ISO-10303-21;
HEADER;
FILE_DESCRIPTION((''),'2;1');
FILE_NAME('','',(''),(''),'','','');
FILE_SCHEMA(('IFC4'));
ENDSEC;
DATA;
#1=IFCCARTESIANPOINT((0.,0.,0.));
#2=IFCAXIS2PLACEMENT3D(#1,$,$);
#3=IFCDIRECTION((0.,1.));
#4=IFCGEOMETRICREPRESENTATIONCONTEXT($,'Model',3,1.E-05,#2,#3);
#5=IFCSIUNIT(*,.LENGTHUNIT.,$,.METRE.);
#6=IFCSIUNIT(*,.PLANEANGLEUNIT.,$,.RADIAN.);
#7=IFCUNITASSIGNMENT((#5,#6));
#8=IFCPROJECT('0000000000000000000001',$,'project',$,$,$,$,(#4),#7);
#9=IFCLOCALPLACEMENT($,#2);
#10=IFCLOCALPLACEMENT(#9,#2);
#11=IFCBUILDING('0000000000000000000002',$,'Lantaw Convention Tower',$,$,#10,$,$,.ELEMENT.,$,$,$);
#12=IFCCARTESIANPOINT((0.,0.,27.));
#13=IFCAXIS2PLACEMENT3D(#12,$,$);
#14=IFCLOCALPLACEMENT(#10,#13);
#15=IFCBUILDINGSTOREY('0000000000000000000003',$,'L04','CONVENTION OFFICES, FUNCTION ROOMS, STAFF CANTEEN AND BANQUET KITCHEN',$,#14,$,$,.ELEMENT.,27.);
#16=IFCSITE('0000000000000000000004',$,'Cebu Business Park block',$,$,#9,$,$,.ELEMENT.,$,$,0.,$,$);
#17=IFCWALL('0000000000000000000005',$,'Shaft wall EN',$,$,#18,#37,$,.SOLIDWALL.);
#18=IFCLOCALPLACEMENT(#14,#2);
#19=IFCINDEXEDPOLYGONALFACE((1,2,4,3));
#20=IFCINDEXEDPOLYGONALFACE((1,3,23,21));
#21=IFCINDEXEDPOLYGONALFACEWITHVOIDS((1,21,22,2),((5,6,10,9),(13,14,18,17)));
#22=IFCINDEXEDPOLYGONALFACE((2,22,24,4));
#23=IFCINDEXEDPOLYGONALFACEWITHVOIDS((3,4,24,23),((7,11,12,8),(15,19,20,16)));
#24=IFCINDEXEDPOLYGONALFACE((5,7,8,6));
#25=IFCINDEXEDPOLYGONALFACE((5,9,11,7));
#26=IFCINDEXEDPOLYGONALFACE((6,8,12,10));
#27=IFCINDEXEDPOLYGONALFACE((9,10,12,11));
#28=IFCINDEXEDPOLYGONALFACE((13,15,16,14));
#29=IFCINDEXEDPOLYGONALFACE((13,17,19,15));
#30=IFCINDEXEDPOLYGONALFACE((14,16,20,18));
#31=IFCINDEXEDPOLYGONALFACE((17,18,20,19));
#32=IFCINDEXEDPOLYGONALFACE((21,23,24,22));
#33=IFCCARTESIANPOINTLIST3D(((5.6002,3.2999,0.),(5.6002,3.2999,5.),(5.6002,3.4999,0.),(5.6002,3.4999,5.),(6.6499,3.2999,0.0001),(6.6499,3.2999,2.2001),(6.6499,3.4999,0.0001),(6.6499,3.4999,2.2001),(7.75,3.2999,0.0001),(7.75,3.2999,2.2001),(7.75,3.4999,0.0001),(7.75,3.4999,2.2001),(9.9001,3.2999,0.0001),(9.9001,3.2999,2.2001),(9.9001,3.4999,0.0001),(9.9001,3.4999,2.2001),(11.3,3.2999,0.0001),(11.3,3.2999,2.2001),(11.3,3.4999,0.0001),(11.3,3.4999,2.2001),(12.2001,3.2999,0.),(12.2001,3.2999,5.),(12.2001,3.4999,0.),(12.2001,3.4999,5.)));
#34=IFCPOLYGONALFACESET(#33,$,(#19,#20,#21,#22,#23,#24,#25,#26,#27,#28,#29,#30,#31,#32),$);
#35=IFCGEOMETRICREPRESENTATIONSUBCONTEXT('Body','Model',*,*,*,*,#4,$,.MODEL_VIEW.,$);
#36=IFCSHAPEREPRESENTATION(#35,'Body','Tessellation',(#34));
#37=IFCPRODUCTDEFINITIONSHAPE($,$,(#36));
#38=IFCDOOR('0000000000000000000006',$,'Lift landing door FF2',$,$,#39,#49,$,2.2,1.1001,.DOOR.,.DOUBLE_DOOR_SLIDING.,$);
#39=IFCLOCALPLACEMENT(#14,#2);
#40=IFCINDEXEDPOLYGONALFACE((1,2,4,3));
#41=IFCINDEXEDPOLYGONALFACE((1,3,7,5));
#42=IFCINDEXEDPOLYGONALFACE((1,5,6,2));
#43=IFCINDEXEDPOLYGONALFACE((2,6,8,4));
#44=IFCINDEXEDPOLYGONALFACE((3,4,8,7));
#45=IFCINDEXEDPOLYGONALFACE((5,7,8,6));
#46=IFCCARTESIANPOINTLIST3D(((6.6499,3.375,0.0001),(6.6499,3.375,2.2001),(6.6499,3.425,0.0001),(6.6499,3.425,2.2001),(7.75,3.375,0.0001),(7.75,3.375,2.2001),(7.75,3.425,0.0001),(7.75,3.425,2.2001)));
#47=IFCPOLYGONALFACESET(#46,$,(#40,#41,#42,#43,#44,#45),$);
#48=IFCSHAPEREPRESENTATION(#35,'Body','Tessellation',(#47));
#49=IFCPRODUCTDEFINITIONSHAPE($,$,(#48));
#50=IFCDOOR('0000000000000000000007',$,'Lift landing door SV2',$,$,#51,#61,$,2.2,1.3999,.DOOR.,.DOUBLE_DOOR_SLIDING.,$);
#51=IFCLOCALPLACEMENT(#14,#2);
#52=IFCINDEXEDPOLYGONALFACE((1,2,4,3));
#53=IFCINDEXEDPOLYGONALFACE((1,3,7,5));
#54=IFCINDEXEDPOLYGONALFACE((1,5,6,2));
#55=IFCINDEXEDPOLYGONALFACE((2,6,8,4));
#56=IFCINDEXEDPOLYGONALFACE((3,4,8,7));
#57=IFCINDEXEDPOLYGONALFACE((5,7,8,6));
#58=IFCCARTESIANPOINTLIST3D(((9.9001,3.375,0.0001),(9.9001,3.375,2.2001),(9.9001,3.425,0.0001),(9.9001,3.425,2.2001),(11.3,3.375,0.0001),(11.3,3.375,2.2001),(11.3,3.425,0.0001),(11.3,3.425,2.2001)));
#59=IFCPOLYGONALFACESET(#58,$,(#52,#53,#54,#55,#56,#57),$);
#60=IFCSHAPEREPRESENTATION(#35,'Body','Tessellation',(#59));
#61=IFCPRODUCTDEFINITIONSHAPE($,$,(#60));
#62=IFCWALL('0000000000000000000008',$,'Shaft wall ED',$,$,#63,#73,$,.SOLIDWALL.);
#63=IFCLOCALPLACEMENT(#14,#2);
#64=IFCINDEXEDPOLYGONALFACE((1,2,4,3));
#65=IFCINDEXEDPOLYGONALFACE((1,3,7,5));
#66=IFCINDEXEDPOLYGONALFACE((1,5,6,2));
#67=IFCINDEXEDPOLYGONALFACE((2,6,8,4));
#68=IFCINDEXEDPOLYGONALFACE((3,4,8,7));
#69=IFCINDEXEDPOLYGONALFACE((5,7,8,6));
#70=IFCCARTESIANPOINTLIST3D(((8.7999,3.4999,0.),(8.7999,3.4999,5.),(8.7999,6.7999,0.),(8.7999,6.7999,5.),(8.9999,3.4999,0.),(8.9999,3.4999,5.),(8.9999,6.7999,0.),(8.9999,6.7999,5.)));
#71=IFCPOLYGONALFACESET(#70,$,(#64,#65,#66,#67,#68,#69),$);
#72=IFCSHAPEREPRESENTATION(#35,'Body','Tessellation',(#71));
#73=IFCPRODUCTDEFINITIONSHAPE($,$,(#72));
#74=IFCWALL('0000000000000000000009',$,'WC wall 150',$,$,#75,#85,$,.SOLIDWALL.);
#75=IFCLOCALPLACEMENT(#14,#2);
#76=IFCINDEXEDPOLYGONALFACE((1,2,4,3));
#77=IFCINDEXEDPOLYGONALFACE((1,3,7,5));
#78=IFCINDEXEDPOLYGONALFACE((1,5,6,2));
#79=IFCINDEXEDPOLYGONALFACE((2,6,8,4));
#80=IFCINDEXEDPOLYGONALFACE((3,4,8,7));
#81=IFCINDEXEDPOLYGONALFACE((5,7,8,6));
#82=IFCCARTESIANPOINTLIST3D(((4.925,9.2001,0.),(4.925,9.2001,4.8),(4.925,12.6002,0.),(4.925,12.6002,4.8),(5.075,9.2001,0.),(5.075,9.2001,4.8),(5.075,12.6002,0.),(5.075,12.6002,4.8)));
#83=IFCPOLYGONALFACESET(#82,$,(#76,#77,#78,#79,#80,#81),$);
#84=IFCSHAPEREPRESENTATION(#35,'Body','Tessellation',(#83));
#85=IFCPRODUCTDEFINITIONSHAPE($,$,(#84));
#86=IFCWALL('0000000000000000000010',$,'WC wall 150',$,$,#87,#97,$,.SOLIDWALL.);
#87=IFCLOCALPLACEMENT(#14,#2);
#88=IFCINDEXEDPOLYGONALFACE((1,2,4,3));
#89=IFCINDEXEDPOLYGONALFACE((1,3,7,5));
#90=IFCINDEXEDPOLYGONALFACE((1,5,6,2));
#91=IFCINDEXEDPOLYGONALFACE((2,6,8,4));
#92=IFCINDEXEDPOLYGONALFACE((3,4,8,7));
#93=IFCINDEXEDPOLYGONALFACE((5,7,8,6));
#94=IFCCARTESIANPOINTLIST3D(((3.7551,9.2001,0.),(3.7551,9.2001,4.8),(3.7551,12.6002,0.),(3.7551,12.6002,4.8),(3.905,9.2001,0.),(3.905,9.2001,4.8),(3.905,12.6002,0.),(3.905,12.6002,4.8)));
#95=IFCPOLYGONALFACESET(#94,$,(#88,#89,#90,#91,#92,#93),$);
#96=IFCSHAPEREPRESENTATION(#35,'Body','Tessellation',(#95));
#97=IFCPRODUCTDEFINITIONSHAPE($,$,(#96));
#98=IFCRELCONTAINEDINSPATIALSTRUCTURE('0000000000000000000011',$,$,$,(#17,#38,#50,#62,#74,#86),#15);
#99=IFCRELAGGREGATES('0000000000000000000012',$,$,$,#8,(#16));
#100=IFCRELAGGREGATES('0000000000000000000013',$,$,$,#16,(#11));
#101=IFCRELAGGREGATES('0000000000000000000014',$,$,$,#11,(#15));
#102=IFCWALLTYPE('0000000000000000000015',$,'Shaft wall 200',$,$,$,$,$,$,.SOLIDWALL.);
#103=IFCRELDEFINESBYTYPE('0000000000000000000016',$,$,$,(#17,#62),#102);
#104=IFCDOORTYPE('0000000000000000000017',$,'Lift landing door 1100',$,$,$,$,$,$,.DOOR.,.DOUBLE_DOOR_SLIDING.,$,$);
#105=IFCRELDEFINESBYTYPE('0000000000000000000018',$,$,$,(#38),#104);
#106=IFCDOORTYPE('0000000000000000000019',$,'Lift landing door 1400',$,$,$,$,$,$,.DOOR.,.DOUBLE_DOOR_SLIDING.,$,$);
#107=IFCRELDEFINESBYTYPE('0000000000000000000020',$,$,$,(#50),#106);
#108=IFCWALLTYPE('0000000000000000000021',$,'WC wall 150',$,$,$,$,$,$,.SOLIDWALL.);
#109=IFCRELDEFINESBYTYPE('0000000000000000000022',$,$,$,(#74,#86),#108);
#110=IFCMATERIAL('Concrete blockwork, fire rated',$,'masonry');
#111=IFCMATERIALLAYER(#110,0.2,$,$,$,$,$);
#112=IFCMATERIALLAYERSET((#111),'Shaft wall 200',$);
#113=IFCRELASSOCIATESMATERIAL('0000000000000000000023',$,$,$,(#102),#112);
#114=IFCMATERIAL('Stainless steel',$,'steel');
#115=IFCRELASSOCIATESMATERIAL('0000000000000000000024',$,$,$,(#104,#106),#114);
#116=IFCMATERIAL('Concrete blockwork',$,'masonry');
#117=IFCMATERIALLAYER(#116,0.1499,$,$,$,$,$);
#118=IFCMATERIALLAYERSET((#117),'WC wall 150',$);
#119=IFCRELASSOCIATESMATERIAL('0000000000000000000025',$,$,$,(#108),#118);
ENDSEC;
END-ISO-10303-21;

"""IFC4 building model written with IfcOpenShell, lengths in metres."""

from ifc_helpers import new_model, si_unit, direction, frame, frame_2d, origin, place, context, subcontext, project, spatial, rectangle, extrude, material, layer, layer_set, type_object, element, fill, save


model = new_model("IFC4")

# Units and contexts
model_context = context("Model", 3, precision=1e-05, world=origin(), true_north=direction((0.0, 1.0)))
body_context = subcontext(model_context, "Body", "Model", "MODEL_VIEW")
ifc_project = project(units=[si_unit("LENGTHUNIT", "METRE"), si_unit("PLANEANGLEUNIT", "RADIAN")], contexts=[model_context])

# Site, building, storey
site_placement = place(None, origin())
site = spatial("IfcSite", under=ifc_project, at=site_placement, Name="Cebu Business Park block", CompositionType="ELEMENT", RefElevation=0.0)
building_placement = place(site_placement, origin())
building = spatial("IfcBuilding", under=site, at=building_placement, Name="Lantaw Convention Tower", CompositionType="ELEMENT")
storey_placement = place(building_placement, frame((0.0, 0.0, 27.0)))
storey = spatial("IfcBuildingStorey", under=building, at=storey_placement, Name="L04", Description="CONVENTION OFFICES, FUNCTION ROOMS, STAFF CANTEEN AND BANQUET KITCHEN", CompositionType="ELEMENT", Elevation=27.0)

# Wall, openings, doors
ifc_material_1 = material(Name="Concrete blockwork, fire rated", Category="masonry")
ifc_layer_1 = layer(ifc_material_1, 0.2)
ifc_layer_set_1 = layer_set([ifc_layer_1], Name="Shaft wall 200")
wall_type_1 = type_object("IfcWallType", Name="Shaft wall 200", PredefinedType="SOLIDWALL", material=ifc_layer_set_1)
wall_1_placement = place(storey_placement, frame((12.2, 3.3999, 0.0), z_axis=(0.0, 0.0, 1.0), x_axis=(-1.0, 0.0, 0.0)))
wall_1 = element("IfcWall", 1, at=wall_1_placement, inside=storey, type_object=wall_type_1, Name="Shaft wall EN", PredefinedType="SOLIDWALL", context=body_context, shape_type="SweptSolid", body=[
    extrude(rectangle(XDim=6.5999, YDim=0.2, at=frame_2d((3.2998, 0.0))), origin(), (0.0, 0.0, 1.0), 5.0),
])
opening_1_placement = place(wall_1_placement, frame((4.45, 0.0, 0.0)))
opening_1 = element("IfcOpeningElement", 2, at=opening_1_placement, cuts=wall_1, PredefinedType="OPENING", context=body_context, shape_type="SweptSolid", body=[
    extrude(rectangle(XDim=1.1001, YDim=2.2, at=frame_2d((0.55, 1.1001))), frame((0.0, 0.1099, 0.0), z_axis=(0.0, -1.0, 0.0), x_axis=(1.0, 0.0, 0.0)), (0.0, 0.0, 1.0), 0.22),
])
opening_2_placement = place(wall_1_placement, frame((0.8999, 0.0, 0.0)))
opening_2 = element("IfcOpeningElement", 3, at=opening_2_placement, cuts=wall_1, PredefinedType="OPENING", context=body_context, shape_type="SweptSolid", body=[
    extrude(rectangle(XDim=1.3999, YDim=2.2, at=frame_2d((0.7, 1.1001))), frame((0.0, 0.1099, 0.0), z_axis=(0.0, -1.0, 0.0), x_axis=(1.0, 0.0, 0.0)), (0.0, 0.0, 1.0), 0.22),
])
ifc_material_2 = material(Name="Stainless steel", Category="steel")
door_type_1 = type_object("IfcDoorType", Name="Lift landing door 1100", OperationType="DOUBLE_DOOR_SLIDING", PredefinedType="DOOR", material=ifc_material_2)
door_1_placement = place(opening_1_placement, origin())
door_1 = element("IfcDoor", 4, at=door_1_placement, inside=storey, type_object=door_type_1, Name="Lift landing door FF2", OperationType="DOUBLE_DOOR_SLIDING", OverallHeight=2.2, OverallWidth=1.1001, PredefinedType="DOOR", context=body_context, shape_type="SweptSolid", body=[
    extrude(rectangle(XDim=1.1001, YDim=2.2, at=frame_2d((0.55, 1.1001))), frame((0.0, 0.0249, 0.0), z_axis=(0.0, -1.0, 0.0), x_axis=(1.0, 0.0, 0.0)), (0.0, 0.0, 1.0), 0.05),
])
fill(opening_1, door_1)
door_type_2 = type_object("IfcDoorType", Name="Lift landing door 1400", OperationType="DOUBLE_DOOR_SLIDING", PredefinedType="DOOR", material=ifc_material_2)
door_2_placement = place(opening_2_placement, origin())
door_2 = element("IfcDoor", 5, at=door_2_placement, inside=storey, type_object=door_type_2, Name="Lift landing door SV2", OperationType="DOUBLE_DOOR_SLIDING", OverallHeight=2.2, OverallWidth=1.3999, PredefinedType="DOOR", context=body_context, shape_type="SweptSolid", body=[
    extrude(rectangle(XDim=1.3999, YDim=2.2, at=frame_2d((0.7, 1.1001))), frame((0.0, 0.0249, 0.0), z_axis=(0.0, -1.0, 0.0), x_axis=(1.0, 0.0, 0.0)), (0.0, 0.0, 1.0), 0.05),
])
fill(opening_2, door_2)

# Walls
wall_2_placement = place(storey_placement, frame((8.8999, 3.5, 0.0), z_axis=(0.0, 0.0, 1.0), x_axis=(0.0, 1.0, 0.0)))
element("IfcWall", 6, at=wall_2_placement, inside=storey, type_object=wall_type_1, Name="Shaft wall ED", PredefinedType="SOLIDWALL", context=body_context, shape_type="SweptSolid", body=[
    extrude(rectangle(XDim=3.3, YDim=0.2, at=frame_2d((1.6499, 0.0))), origin(), (0.0, 0.0, 1.0), 5.0),
])
ifc_material_3 = material(Name="Concrete blockwork", Category="masonry")
ifc_layer_2 = layer(ifc_material_3, 0.1499)
ifc_layer_set_2 = layer_set([ifc_layer_2], Name="WC wall 150")
wall_type_2 = type_object("IfcWallType", Name="WC wall 150", PredefinedType="SOLIDWALL", material=ifc_layer_set_2)
for number, where, z_axis, x_axis, name in (
    (7, (5.0, 9.2, 0.0), (0.0, 0.0, 1.0), (0.0, 1.0, 0.0), "WC wall 150"),
    (8, (3.8301, 9.2, 0.0), (0.0, 0.0, 1.0), (0.0, 1.0, 0.0), "WC wall 150"),
):
    element("IfcWall", number, at=place(storey_placement, frame(where, z_axis=z_axis, x_axis=x_axis)), inside=storey, type_object=wall_type_2, Name=name, PredefinedType="SOLIDWALL", context=body_context, shape_type="SweptSolid", body=[
        extrude(rectangle(XDim=3.4001, YDim=0.1499, at=frame_2d((1.7002, 0.0))), origin(), (0.0, 0.0, 1.0), 4.8),
    ])

save(model, "model.ifc")
